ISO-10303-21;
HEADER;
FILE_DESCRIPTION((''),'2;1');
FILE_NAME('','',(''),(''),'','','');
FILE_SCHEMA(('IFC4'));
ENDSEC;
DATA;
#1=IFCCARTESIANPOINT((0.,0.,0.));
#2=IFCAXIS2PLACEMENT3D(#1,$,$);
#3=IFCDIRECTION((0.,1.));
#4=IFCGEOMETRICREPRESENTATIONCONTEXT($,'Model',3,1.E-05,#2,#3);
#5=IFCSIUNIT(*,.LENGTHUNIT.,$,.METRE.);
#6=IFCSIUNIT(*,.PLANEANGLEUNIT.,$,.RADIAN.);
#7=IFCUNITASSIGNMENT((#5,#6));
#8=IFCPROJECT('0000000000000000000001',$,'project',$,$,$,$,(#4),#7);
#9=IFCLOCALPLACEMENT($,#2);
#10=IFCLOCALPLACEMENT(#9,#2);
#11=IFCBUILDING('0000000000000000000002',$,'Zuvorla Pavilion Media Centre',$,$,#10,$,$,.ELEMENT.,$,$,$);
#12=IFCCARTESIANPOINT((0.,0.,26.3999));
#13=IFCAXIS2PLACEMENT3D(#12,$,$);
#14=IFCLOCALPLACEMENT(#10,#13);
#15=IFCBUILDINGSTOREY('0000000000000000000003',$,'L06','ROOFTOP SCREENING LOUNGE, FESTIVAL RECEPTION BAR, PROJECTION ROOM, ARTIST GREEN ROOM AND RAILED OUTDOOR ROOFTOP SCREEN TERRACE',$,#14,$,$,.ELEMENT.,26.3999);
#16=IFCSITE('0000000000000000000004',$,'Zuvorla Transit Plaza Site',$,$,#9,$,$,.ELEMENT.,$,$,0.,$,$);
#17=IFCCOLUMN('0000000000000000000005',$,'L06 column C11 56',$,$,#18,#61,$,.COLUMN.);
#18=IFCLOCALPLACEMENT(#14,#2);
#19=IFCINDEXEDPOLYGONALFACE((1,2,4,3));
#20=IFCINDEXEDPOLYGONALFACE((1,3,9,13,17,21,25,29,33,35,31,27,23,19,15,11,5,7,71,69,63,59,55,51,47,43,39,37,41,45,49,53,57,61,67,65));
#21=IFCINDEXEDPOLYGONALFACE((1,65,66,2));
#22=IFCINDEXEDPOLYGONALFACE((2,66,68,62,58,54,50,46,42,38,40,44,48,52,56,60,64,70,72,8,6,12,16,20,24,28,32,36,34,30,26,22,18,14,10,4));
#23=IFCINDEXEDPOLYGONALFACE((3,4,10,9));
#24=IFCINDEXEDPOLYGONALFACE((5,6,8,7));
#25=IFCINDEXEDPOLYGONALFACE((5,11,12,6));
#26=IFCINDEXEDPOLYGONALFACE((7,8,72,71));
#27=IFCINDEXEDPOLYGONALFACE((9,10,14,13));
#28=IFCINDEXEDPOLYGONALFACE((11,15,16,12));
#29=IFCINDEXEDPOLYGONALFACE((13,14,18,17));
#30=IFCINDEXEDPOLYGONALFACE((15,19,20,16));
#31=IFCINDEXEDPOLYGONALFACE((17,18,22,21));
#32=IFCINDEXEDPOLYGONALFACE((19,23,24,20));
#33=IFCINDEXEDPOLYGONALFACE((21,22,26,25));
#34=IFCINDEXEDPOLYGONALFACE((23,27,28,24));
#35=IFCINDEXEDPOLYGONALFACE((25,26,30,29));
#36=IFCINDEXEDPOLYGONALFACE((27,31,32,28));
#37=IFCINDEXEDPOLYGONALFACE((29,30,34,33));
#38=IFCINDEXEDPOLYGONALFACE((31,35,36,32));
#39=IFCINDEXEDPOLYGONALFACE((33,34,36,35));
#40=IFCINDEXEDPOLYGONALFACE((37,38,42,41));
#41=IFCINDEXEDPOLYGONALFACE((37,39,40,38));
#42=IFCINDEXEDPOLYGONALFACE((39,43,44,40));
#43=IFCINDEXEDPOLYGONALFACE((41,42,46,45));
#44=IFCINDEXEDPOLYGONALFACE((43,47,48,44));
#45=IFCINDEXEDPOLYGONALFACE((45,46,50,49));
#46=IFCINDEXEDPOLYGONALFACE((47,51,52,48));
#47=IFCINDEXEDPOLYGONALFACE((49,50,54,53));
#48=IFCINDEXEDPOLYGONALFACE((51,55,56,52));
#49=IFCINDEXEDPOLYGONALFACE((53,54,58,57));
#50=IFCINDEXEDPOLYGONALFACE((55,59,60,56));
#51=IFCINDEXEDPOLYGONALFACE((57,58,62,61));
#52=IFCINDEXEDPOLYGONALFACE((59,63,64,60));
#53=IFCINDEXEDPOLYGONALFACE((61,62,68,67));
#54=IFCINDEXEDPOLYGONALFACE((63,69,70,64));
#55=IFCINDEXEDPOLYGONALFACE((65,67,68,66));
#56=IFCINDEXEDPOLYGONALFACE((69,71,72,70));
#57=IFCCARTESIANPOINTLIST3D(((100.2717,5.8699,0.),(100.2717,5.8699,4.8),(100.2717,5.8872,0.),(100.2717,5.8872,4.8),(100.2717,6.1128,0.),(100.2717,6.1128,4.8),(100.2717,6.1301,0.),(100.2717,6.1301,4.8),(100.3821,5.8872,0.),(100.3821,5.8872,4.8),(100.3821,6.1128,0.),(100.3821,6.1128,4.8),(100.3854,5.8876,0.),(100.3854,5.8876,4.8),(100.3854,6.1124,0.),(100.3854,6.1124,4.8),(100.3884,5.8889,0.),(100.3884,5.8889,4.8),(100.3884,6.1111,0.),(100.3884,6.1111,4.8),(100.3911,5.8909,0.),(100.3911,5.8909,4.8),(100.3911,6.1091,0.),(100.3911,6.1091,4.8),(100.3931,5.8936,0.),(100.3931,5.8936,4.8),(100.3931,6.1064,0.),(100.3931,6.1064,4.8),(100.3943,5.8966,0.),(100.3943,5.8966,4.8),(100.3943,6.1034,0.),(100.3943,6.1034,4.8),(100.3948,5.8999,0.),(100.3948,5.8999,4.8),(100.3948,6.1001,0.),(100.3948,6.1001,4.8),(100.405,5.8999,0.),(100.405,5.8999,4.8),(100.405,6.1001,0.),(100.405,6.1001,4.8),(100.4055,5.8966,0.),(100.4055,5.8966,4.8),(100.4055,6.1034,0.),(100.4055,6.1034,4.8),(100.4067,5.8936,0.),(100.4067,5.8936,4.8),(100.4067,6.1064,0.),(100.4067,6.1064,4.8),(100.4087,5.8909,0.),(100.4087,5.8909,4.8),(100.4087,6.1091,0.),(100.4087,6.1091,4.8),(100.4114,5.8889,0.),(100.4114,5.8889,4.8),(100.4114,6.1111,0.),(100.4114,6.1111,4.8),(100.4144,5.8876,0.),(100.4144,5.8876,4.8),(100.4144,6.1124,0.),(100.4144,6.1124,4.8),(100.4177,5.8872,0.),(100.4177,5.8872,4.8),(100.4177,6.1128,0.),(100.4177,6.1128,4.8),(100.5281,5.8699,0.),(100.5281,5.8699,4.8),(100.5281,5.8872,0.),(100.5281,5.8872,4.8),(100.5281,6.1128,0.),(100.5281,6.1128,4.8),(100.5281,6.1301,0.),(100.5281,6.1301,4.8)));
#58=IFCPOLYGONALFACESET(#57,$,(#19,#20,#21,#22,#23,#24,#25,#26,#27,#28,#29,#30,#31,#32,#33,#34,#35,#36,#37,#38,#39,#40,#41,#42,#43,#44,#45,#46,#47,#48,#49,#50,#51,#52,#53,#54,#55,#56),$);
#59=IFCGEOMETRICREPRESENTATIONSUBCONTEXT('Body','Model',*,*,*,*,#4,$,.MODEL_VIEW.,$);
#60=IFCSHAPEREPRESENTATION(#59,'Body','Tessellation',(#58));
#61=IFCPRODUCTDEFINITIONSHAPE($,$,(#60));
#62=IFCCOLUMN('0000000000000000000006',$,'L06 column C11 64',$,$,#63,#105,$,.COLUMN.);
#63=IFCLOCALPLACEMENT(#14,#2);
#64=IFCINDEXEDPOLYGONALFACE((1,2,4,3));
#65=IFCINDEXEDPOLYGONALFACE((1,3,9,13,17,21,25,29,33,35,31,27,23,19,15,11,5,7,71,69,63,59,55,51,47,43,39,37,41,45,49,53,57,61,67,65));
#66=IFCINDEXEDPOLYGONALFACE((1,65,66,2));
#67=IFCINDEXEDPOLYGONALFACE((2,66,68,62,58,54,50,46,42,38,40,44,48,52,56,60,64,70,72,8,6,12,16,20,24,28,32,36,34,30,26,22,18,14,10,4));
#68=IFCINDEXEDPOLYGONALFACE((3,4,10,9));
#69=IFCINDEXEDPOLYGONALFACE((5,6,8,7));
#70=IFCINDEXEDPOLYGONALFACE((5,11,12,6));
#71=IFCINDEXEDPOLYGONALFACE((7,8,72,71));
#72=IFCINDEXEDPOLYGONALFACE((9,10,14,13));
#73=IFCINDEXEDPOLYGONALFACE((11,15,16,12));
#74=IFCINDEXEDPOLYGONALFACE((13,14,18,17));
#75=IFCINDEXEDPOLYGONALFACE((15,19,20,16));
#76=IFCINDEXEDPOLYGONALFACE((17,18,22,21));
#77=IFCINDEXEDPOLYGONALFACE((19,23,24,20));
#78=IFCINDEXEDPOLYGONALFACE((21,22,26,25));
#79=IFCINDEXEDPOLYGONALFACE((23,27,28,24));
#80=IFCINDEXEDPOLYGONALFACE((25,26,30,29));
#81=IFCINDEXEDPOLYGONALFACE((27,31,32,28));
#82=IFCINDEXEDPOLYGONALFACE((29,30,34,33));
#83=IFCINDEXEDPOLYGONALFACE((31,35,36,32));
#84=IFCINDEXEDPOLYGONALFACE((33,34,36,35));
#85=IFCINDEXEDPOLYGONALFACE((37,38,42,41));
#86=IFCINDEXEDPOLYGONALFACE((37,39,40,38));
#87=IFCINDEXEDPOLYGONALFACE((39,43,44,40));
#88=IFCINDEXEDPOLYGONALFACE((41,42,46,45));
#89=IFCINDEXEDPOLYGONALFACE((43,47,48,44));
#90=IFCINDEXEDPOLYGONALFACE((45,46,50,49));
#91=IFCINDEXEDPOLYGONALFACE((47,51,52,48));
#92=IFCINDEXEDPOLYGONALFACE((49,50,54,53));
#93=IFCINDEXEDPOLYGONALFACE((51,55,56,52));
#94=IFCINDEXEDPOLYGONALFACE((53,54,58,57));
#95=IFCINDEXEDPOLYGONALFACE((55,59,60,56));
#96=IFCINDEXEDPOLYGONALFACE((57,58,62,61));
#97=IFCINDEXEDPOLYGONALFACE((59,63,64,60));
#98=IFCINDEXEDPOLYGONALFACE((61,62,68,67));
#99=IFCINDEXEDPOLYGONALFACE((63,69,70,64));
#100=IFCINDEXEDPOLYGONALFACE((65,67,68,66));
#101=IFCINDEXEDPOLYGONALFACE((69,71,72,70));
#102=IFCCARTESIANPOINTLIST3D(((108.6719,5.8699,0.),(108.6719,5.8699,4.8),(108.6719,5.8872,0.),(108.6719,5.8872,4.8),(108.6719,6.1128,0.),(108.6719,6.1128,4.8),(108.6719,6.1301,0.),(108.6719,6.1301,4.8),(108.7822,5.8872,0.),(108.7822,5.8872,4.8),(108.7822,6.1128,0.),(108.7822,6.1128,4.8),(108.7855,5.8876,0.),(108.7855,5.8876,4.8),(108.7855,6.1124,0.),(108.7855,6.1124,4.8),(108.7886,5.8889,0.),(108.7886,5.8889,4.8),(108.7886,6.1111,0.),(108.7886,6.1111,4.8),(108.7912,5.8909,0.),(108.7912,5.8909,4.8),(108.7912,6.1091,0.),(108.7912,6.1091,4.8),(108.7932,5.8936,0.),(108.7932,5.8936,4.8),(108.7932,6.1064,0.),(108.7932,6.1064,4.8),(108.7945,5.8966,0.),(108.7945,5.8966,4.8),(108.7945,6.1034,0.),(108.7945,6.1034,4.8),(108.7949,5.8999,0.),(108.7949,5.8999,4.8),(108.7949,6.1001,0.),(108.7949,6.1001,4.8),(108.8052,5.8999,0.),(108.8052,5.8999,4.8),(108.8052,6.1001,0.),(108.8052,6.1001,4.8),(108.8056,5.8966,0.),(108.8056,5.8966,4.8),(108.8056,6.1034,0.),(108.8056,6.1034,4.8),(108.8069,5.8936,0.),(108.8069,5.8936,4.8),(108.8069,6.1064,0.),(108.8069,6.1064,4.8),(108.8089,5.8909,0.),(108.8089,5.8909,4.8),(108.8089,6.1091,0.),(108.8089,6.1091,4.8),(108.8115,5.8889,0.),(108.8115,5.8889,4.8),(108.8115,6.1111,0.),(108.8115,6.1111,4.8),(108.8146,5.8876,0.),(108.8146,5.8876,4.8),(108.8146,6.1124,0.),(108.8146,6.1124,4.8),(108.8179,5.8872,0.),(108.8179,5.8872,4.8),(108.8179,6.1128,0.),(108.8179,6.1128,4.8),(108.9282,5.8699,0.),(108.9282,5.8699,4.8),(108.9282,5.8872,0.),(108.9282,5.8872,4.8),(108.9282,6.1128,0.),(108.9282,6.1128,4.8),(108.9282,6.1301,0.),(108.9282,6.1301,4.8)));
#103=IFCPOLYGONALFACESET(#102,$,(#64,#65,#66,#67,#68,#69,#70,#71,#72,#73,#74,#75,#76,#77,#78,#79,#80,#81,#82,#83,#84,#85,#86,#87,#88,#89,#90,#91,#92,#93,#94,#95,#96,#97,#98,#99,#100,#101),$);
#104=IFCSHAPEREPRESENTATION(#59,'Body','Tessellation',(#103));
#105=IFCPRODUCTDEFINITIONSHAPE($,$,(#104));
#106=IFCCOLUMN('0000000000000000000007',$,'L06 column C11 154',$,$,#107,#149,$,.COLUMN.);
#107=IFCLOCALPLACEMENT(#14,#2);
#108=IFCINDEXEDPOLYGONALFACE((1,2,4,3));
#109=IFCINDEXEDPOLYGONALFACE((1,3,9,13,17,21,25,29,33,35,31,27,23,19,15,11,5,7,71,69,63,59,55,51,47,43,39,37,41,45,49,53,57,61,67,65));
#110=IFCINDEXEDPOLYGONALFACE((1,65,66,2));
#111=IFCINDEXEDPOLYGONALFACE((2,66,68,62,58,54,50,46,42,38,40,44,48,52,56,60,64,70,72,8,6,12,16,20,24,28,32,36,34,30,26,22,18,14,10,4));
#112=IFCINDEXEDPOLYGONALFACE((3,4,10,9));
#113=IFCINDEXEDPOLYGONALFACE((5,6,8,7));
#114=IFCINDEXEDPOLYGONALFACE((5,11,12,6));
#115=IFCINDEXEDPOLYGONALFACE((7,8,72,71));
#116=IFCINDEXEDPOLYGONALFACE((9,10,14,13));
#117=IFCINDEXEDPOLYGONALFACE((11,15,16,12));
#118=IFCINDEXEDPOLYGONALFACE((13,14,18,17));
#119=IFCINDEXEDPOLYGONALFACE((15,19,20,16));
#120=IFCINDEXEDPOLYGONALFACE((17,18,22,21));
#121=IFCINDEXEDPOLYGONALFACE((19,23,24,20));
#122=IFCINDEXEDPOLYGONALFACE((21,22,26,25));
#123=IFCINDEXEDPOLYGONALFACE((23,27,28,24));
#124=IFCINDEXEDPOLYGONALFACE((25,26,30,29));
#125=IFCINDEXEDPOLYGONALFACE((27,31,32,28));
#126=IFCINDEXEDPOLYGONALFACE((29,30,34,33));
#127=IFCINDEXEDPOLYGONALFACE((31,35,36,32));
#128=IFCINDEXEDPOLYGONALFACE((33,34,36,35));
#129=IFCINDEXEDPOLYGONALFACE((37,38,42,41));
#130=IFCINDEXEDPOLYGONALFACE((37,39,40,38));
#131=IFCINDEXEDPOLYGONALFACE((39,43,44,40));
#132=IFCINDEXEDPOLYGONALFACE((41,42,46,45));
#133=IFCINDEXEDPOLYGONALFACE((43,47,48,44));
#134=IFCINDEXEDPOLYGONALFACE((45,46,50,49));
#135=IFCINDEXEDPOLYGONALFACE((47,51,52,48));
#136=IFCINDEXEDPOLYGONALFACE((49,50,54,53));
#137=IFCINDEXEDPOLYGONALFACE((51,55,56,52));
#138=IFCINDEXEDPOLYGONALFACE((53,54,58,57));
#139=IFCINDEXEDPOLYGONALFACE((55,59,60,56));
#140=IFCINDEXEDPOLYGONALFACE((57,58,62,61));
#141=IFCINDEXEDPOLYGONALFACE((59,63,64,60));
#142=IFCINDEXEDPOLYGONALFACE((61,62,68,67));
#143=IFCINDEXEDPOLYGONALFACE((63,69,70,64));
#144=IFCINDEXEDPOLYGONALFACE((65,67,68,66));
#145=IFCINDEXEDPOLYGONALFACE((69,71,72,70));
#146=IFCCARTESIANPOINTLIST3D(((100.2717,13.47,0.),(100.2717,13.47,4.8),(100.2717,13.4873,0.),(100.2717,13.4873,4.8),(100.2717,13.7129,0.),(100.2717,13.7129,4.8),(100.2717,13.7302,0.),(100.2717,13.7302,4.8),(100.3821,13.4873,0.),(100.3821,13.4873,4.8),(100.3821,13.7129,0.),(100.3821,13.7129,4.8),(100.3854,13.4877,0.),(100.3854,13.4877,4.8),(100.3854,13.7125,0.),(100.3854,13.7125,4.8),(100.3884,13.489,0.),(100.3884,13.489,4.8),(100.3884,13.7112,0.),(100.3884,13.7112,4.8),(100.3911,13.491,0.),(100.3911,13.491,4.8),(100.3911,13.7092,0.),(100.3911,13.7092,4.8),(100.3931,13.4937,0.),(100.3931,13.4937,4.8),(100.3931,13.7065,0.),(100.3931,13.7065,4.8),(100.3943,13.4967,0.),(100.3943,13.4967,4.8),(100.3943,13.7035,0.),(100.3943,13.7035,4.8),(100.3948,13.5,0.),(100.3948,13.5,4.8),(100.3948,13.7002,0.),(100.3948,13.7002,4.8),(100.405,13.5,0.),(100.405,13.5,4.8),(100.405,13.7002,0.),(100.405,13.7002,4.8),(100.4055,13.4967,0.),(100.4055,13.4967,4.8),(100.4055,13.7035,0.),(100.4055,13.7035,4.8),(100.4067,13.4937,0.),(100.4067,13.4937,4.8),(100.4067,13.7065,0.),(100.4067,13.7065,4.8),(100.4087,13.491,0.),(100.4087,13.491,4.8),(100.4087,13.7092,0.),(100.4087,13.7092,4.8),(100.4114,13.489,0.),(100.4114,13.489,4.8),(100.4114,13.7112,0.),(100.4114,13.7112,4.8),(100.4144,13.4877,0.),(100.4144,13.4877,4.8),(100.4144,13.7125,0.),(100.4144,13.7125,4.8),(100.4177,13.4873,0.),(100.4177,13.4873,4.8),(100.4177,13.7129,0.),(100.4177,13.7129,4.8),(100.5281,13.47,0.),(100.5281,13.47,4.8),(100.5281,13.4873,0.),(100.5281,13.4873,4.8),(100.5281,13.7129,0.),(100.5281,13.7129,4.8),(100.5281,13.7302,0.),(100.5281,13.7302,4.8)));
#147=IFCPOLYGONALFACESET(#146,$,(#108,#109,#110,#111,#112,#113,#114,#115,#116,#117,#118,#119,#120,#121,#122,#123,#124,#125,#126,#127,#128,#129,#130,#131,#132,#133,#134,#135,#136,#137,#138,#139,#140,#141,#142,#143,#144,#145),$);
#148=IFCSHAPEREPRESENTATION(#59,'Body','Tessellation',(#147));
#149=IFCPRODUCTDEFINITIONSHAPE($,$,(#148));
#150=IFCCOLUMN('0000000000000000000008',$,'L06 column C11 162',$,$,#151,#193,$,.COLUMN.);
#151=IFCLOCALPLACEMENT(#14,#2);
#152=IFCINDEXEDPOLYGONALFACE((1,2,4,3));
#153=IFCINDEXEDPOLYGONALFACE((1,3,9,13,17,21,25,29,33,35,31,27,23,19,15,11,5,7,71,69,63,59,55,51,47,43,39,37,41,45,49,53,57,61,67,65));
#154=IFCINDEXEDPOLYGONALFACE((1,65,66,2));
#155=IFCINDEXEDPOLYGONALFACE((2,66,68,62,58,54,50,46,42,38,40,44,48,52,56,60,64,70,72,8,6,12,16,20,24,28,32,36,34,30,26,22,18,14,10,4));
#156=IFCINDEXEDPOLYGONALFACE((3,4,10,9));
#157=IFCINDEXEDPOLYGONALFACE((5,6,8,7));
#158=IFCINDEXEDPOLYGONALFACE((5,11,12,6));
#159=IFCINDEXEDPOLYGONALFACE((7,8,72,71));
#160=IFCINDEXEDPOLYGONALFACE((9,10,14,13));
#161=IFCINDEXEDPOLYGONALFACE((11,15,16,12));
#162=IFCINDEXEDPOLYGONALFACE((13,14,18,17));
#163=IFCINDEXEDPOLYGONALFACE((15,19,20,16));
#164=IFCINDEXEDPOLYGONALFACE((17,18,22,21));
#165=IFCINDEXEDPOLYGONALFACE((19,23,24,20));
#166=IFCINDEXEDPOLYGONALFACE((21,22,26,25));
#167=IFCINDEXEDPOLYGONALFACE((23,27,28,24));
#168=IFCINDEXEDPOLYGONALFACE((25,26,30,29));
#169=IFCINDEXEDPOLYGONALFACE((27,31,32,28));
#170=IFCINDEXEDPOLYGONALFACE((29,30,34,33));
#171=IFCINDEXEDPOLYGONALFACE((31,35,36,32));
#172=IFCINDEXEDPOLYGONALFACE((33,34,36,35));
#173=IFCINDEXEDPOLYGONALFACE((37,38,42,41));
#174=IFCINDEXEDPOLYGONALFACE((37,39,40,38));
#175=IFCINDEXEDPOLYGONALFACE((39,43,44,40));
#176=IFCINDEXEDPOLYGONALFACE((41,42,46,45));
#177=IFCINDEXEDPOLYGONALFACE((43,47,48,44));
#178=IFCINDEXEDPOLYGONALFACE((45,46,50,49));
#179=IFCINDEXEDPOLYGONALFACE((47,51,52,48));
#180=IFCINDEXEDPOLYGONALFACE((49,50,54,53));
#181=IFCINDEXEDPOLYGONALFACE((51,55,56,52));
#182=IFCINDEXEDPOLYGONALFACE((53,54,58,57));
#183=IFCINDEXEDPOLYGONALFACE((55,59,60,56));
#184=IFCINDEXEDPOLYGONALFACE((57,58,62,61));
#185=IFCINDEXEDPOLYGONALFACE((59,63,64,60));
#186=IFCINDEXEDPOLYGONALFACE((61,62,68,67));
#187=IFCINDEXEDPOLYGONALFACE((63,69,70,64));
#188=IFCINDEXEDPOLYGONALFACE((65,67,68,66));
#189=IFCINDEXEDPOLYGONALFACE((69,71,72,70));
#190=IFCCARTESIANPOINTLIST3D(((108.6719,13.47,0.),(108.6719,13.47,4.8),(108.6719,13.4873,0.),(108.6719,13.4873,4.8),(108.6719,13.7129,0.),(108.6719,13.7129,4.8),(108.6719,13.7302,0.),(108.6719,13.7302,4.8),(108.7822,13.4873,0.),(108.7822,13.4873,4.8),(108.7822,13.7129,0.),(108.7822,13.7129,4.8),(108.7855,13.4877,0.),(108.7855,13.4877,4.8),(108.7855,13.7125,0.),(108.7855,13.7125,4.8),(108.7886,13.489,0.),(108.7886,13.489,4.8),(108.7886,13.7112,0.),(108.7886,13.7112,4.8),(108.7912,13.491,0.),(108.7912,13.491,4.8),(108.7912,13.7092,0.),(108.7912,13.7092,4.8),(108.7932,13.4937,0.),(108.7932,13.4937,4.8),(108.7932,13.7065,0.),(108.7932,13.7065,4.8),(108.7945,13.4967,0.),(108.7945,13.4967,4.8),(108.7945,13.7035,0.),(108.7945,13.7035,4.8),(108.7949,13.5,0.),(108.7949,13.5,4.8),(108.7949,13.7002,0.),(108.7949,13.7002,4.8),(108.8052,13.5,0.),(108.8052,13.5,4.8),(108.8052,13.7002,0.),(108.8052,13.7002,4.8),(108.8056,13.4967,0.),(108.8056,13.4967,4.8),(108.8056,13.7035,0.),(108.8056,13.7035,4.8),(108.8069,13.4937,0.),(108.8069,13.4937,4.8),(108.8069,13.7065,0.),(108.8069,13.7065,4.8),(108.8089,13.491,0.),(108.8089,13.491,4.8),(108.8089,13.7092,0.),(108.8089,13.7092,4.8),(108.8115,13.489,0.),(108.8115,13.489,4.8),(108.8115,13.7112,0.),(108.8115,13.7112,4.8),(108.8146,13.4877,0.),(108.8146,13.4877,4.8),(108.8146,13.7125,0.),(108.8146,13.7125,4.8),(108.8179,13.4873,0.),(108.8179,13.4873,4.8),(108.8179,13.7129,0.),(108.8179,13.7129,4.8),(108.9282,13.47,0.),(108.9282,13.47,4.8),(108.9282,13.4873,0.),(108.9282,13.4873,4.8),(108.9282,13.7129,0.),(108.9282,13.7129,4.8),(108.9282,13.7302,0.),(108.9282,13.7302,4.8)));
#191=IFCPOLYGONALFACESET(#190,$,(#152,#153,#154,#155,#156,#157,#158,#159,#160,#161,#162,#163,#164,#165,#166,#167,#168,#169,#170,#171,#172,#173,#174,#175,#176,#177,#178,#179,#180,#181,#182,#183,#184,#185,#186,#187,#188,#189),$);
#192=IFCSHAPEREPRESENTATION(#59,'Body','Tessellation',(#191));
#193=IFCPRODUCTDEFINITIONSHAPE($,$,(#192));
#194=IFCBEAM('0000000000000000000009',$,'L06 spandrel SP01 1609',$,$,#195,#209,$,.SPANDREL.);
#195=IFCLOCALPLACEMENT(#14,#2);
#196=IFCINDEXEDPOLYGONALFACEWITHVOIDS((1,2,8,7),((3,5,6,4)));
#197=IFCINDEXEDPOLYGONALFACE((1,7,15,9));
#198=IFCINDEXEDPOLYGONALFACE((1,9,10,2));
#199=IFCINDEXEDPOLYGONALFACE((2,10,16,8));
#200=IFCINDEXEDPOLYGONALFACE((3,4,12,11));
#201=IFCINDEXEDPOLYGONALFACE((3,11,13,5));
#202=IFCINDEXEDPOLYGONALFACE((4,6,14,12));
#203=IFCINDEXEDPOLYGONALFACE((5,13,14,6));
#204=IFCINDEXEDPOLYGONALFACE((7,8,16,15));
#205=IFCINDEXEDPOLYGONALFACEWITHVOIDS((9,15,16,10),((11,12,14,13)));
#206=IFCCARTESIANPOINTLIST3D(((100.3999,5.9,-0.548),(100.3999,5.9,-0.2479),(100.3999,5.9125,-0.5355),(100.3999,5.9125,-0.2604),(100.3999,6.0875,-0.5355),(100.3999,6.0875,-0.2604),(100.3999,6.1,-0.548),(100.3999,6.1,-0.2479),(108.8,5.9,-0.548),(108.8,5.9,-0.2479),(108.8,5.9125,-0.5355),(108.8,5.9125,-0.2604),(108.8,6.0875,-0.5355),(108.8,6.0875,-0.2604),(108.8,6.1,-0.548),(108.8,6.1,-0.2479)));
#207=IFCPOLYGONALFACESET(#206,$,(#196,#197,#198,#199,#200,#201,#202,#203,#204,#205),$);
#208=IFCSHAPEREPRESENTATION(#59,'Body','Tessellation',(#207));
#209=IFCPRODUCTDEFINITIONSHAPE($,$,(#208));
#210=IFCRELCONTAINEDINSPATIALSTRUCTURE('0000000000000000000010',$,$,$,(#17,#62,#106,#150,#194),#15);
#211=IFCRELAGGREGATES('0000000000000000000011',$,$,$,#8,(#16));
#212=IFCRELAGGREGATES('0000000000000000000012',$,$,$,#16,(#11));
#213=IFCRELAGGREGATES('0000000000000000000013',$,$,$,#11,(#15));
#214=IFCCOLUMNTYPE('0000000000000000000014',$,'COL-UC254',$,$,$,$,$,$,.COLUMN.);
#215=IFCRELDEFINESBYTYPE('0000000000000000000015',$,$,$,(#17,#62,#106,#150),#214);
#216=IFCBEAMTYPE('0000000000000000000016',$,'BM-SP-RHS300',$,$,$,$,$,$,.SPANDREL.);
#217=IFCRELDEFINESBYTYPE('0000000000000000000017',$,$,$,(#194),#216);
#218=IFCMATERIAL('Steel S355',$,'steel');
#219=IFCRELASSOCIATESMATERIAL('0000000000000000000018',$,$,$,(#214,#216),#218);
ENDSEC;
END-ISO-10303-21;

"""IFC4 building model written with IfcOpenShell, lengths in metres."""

from ifc_helpers import new_model, si_unit, direction, frame, origin, origin_2d, place, context, subcontext, project, spatial, hollow_rectangle, i_section, extrude, material, material_profile, profile_set, type_object, element, save


model = new_model("IFC4")

# Units and contexts
model_context = context("Model", 3, precision=1e-05, world=origin(), true_north=direction((0.0, 1.0)))
body_context = subcontext(model_context, "Body", "Model", "MODEL_VIEW")
ifc_project = project(units=[si_unit("LENGTHUNIT", "METRE"), si_unit("PLANEANGLEUNIT", "RADIAN")], contexts=[model_context])

# Site, building, storey
site_placement = place(None, origin())
site = spatial("IfcSite", under=ifc_project, at=site_placement, Name="Zuvorla Transit Plaza Site", CompositionType="ELEMENT", RefElevation=0.0)
building_placement = place(site_placement, origin())
building = spatial("IfcBuilding", under=site, at=building_placement, Name="Zuvorla Pavilion Media Centre", CompositionType="ELEMENT")
storey_placement = place(building_placement, frame((0.0, 0.0, 26.3999)))
storey = spatial("IfcBuildingStorey", under=building, at=storey_placement, Name="L06", Description="ROOFTOP SCREENING LOUNGE, FESTIVAL RECEPTION BAR, PROJECTION ROOM, ARTIST GREEN ROOM AND RAILED OUTDOOR ROOFTOP SCREEN TERRACE", CompositionType="ELEMENT", Elevation=26.3999)

# Columns
ifc_material_1 = material(Name="Steel S355", Category="steel")
ifc_material_profile_1 = material_profile(ifc_material_1, i_section(OverallWidth=0.2563, OverallDepth=0.2603, WebThickness=0.0103, FlangeThickness=0.0173, FilletRadius=0.0127, at=origin_2d()), Name="UC 254x254x89")
ifc_profile_set_1 = profile_set([ifc_material_profile_1], Name="Steel S355")
column_type = type_object("IfcColumnType", Name="COL-UC254", PredefinedType="COLUMN", material=ifc_profile_set_1)
for number, where, z_axis, x_axis, name in (
    (1, (100.3999, 6.0, 0.0), (0.0, 0.0, 1.0), (1.0, 0.0, 0.0), "L06 column C11 56"),
    (2, (108.8, 6.0, 0.0), (0.0, 0.0, 1.0), (1.0, 0.0, 0.0), "L06 column C11 64"),
    (3, (100.3999, 13.6001, 0.0), (0.0, 0.0, 1.0), (1.0, 0.0, 0.0), "L06 column C11 154"),
    (4, (108.8, 13.6001, 0.0), (0.0, 0.0, 1.0), (1.0, 0.0, 0.0), "L06 column C11 162"),
):
    element("IfcColumn", number, at=place(storey_placement, frame(where, z_axis=z_axis, x_axis=x_axis)), inside=storey, type_object=column_type, Name=name, PredefinedType="COLUMN", context=body_context, shape_type="SweptSolid", body=[
        extrude(i_section(OverallWidth=0.2563, OverallDepth=0.2603, WebThickness=0.0103, FlangeThickness=0.0173, FilletRadius=0.0127, at=origin_2d()), origin(), (0.0, 0.0, 1.0), 4.8),
    ])

# Beam
ifc_material_profile_2 = material_profile(ifc_material_1, hollow_rectangle(XDim=0.2, YDim=0.3, WallThickness=0.0125, at=origin_2d()), Name="RHS 300x200x12.5")
ifc_profile_set_2 = profile_set([ifc_material_profile_2], Name="Steel S355")
beam_type_1 = type_object("IfcBeamType", Name="BM-SP-RHS300", PredefinedType="SPANDREL", material=ifc_profile_set_2)
beam_1_placement = place(storey_placement, frame((100.3999, 6.0, -0.3979), z_axis=(1.0, 0.0, 0.0), x_axis=(0.0, 1.0, 0.0)))
element("IfcBeam", 5, at=beam_1_placement, inside=storey, type_object=beam_type_1, Name="L06 spandrel SP01 1609", PredefinedType="SPANDREL", context=body_context, shape_type="SweptSolid", body=[
    extrude(hollow_rectangle(XDim=0.2, YDim=0.3, WallThickness=0.0125, at=origin_2d()), origin(), (0.0, 0.0, 1.0), 8.4001),
])

save(model, "model.ifc")
